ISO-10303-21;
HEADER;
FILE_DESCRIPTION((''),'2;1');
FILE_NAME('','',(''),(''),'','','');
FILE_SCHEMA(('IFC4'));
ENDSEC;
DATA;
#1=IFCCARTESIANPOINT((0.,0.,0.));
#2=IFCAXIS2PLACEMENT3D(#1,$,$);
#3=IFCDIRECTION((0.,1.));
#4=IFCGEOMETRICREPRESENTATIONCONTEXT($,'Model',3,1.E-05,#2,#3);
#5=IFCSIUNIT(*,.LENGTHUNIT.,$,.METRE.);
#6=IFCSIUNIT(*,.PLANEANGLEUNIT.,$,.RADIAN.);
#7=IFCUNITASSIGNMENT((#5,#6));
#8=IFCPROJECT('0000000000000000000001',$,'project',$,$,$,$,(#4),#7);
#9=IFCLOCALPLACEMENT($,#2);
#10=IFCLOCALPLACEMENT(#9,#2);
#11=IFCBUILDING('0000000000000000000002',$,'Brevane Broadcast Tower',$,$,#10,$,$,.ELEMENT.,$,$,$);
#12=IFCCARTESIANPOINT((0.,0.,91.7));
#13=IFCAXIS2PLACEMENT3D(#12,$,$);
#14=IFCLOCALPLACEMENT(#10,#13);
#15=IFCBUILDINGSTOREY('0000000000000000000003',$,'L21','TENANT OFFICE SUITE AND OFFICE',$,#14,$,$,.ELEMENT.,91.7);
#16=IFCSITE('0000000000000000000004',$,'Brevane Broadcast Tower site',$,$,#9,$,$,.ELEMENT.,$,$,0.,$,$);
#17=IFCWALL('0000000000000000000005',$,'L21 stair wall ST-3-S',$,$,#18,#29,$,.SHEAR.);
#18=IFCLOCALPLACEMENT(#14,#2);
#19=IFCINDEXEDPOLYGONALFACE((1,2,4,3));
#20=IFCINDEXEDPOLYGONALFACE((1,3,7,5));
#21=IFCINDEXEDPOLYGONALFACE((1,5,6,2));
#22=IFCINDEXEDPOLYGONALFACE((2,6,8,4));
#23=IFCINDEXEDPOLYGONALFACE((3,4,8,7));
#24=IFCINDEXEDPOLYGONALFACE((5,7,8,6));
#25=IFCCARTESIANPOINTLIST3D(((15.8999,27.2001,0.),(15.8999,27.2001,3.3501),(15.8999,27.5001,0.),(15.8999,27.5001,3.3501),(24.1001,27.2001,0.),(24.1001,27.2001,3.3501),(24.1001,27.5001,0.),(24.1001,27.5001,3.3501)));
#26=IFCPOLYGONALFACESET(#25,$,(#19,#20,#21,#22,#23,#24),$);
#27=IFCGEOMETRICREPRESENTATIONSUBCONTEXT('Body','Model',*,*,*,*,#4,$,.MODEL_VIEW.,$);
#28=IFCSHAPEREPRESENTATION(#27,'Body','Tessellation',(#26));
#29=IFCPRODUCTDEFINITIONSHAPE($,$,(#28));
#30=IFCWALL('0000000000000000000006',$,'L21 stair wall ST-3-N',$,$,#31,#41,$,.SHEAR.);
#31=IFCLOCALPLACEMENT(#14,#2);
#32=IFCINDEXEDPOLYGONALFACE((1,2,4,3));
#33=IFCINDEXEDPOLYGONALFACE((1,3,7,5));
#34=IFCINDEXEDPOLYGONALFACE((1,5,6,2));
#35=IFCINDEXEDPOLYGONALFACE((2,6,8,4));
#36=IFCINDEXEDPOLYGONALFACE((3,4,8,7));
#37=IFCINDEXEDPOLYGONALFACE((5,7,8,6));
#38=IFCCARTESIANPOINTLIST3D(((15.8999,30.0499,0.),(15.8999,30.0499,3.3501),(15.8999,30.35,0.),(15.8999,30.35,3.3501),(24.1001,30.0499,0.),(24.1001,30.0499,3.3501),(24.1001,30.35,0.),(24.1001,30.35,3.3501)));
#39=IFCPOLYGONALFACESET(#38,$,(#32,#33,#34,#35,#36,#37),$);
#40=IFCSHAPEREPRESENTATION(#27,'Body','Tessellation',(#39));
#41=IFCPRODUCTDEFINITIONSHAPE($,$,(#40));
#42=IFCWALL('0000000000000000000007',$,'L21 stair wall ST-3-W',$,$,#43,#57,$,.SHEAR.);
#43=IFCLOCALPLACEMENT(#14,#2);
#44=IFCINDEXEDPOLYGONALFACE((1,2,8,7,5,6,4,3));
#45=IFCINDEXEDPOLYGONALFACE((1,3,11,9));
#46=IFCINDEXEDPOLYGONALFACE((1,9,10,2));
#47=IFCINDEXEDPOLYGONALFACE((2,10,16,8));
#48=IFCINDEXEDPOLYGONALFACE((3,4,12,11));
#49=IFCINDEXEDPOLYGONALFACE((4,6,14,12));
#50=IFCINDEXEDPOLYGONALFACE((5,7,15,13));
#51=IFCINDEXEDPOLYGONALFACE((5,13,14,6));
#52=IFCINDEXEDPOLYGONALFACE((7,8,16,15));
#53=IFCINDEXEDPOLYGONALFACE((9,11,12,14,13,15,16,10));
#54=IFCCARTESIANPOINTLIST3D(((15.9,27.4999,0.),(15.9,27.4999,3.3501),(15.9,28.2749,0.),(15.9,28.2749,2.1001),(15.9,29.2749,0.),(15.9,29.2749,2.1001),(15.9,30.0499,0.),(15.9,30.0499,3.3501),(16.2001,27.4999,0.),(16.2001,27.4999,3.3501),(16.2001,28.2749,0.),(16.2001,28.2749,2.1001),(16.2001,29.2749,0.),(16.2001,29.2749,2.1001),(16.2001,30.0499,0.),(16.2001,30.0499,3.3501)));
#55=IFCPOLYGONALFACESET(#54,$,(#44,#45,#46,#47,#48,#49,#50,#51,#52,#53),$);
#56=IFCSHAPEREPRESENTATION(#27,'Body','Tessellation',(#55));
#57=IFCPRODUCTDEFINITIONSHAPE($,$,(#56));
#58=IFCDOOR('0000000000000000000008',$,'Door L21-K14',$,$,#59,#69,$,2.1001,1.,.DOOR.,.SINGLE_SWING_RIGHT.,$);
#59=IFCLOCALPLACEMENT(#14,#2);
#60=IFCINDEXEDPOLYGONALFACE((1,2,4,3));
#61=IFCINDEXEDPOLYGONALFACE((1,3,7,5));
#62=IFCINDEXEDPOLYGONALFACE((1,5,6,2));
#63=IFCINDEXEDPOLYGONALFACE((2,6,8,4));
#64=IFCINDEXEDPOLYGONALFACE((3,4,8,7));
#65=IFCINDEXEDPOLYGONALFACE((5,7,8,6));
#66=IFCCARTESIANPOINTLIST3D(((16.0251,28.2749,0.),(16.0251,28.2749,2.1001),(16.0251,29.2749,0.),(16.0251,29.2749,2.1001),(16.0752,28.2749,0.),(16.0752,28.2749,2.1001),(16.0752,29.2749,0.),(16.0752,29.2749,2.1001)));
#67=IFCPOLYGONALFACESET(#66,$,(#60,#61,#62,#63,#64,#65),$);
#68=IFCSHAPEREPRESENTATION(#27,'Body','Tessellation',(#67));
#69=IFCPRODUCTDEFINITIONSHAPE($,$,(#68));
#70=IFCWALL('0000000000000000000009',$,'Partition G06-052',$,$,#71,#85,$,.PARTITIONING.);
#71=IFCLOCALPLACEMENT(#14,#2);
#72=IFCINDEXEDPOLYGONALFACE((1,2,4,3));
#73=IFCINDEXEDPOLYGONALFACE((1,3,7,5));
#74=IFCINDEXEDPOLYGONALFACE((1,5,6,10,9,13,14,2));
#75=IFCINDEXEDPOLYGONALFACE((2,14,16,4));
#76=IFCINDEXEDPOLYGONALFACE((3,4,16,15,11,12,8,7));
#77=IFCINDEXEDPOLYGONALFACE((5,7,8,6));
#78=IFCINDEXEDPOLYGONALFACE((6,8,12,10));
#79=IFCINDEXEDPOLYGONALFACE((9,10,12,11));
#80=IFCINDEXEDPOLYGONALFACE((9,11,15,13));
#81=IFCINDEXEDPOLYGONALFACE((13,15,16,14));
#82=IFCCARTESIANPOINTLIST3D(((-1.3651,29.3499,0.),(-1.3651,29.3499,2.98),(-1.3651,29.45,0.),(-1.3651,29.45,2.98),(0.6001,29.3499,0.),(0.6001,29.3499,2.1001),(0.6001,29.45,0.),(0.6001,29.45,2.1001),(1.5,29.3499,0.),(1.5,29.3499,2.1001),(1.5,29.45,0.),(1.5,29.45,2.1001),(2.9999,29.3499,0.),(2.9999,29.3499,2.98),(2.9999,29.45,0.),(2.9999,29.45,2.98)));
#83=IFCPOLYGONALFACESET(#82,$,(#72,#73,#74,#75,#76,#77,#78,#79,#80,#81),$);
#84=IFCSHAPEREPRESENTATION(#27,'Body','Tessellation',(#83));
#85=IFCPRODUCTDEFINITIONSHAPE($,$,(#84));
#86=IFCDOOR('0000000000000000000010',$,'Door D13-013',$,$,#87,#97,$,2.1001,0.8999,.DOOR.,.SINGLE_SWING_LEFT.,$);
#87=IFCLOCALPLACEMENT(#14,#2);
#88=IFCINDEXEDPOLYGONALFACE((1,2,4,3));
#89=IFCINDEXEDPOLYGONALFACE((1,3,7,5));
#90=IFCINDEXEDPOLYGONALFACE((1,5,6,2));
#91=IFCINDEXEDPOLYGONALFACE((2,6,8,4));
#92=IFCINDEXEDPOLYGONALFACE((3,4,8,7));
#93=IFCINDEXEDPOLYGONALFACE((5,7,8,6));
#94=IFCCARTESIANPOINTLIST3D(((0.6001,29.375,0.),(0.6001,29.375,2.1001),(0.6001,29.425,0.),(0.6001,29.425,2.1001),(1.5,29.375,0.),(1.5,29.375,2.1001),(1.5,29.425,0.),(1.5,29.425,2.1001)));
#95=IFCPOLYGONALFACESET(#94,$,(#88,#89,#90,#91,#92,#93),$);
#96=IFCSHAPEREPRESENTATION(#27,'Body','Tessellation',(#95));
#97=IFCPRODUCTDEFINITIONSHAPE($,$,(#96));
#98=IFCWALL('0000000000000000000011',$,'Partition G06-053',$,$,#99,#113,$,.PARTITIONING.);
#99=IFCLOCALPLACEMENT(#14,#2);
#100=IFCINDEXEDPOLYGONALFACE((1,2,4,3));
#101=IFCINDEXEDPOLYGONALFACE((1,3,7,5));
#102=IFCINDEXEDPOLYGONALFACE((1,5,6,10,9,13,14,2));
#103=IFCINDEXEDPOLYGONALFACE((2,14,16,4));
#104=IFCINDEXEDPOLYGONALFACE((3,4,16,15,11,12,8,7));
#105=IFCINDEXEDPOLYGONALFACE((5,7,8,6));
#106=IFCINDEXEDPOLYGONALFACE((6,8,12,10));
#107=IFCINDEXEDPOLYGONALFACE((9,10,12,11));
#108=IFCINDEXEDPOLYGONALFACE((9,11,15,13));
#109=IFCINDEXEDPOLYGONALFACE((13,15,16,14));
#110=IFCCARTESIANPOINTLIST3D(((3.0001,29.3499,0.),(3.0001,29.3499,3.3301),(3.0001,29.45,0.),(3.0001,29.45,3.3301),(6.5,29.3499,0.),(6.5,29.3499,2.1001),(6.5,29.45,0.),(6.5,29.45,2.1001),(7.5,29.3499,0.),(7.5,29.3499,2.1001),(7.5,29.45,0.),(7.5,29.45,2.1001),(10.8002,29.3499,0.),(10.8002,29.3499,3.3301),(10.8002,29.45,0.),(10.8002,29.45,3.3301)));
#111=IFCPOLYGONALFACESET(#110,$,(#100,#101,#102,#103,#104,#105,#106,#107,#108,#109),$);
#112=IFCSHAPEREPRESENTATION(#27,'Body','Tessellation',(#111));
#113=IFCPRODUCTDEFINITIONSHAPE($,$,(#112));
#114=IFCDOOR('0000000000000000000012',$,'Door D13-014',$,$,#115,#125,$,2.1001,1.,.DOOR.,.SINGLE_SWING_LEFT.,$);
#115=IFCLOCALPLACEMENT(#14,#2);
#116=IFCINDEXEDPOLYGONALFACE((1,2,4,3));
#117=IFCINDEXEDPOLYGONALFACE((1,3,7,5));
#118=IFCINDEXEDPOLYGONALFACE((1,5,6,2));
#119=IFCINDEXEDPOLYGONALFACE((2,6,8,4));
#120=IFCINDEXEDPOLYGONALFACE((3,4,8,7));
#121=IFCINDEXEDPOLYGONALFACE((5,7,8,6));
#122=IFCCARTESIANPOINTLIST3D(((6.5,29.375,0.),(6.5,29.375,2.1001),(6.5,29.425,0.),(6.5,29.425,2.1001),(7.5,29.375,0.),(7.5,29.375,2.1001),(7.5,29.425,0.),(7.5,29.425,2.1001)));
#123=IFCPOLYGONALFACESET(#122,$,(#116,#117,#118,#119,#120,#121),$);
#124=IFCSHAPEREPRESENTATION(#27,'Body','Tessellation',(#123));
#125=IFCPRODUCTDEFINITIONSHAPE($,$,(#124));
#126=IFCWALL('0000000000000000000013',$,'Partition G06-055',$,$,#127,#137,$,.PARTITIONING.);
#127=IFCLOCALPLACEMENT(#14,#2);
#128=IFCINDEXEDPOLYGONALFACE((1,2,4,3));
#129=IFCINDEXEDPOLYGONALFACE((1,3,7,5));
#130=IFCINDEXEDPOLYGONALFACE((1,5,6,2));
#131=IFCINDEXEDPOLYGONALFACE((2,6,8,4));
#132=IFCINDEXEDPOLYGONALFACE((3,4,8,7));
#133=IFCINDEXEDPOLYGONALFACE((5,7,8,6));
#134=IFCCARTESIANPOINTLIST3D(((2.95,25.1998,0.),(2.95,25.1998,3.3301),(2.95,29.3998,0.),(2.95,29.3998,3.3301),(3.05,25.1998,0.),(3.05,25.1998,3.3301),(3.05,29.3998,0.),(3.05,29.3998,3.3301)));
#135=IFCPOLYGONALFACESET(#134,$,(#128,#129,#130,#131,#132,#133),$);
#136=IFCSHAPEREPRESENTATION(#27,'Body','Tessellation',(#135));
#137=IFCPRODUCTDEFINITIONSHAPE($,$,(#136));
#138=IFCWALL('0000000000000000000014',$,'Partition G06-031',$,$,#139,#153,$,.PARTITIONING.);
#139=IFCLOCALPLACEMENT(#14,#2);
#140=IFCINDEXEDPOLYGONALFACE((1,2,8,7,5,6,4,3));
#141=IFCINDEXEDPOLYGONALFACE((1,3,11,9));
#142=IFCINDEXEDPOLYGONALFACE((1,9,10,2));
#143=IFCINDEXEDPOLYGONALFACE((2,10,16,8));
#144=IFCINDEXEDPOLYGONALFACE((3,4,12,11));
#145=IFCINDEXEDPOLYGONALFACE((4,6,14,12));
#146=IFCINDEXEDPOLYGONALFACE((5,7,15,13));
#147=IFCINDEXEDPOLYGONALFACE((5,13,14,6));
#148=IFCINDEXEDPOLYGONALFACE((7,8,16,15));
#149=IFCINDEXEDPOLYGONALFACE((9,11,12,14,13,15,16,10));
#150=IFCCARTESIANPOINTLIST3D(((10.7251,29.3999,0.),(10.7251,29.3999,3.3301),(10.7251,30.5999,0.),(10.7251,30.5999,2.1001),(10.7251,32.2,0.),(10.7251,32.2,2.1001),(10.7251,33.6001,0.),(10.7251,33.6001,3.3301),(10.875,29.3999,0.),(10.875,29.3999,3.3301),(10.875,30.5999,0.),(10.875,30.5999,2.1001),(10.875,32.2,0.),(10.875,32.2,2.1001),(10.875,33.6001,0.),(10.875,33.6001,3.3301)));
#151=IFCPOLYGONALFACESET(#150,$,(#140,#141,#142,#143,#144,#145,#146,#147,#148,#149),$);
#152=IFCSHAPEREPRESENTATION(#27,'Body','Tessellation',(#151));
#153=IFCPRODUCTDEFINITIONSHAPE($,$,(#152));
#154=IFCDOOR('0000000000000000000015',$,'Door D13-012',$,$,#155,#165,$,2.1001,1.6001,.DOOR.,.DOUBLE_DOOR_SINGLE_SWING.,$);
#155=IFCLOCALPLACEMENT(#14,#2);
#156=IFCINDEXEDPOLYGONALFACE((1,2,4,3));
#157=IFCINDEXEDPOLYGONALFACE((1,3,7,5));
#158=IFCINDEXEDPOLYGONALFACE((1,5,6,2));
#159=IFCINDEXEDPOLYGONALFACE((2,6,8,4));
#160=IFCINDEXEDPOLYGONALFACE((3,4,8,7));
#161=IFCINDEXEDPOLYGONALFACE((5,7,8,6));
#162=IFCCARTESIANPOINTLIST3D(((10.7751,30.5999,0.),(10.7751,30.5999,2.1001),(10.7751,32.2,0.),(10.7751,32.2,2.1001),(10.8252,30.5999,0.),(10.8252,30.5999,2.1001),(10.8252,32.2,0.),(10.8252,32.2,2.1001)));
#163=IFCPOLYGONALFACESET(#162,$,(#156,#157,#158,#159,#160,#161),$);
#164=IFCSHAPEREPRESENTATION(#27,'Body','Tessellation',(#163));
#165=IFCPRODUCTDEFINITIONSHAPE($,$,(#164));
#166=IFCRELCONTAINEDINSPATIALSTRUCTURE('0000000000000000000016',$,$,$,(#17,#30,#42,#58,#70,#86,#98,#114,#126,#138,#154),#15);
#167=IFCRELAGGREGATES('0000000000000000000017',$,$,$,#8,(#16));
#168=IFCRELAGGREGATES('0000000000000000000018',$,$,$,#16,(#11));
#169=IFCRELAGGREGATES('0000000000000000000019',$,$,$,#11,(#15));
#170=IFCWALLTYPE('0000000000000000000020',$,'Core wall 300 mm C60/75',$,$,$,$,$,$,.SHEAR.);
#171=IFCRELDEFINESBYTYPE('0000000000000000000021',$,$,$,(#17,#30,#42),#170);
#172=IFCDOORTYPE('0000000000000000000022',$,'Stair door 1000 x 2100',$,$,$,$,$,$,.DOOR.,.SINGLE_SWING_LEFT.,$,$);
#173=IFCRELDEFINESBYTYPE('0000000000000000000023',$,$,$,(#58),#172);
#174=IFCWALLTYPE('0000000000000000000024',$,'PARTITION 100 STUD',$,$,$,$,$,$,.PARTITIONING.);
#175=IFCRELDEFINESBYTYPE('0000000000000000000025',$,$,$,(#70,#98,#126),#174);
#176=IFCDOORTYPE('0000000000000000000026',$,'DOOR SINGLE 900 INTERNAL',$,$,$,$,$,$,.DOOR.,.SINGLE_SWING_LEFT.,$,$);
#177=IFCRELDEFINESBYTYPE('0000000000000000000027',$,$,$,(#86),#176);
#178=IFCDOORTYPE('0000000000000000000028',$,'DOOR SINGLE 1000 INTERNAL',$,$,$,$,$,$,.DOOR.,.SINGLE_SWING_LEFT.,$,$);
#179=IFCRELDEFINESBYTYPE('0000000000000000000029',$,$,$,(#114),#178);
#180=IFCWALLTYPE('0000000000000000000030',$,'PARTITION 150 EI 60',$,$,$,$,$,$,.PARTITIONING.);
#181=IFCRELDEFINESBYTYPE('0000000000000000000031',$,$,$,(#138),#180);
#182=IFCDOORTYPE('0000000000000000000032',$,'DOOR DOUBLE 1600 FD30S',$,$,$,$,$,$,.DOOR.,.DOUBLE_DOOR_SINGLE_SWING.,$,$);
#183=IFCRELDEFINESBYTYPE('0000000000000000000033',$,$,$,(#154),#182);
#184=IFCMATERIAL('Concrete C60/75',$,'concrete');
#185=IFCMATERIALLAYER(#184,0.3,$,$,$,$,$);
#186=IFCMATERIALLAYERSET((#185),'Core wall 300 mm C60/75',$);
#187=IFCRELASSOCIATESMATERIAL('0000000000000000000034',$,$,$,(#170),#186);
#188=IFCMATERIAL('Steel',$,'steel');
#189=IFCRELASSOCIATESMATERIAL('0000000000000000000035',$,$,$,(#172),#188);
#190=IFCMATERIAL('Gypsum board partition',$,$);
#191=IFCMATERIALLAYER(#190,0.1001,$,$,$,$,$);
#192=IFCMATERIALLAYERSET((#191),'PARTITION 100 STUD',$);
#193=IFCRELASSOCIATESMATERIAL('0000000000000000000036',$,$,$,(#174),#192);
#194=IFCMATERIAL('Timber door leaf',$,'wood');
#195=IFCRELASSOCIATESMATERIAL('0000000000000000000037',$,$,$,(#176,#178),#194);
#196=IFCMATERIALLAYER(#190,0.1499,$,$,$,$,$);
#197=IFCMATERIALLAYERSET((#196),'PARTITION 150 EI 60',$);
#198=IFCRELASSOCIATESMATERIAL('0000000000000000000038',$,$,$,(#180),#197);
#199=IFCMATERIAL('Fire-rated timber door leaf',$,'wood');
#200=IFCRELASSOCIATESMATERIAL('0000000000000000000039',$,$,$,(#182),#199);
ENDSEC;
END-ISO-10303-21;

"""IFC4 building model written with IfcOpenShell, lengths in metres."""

from ifc_helpers import new_model, si_unit, direction, frame, frame_2d, origin, place, context, subcontext, project, spatial, rectangle, extrude, material, layer, layer_set, type_object, element, fill, save


model = new_model("IFC4")

# Units and contexts
model_context = context("Model", 3, precision=1e-05, world=origin(), true_north=direction((0.0, 1.0)))
body_context = subcontext(model_context, "Body", "Model", "MODEL_VIEW")
ifc_project = project(units=[si_unit("LENGTHUNIT", "METRE"), si_unit("PLANEANGLEUNIT", "RADIAN")], contexts=[model_context])

# Site, building, storey
site_placement = place(None, origin())
site = spatial("IfcSite", under=ifc_project, at=site_placement, Name="Brevane Broadcast Tower site", CompositionType="ELEMENT", RefElevation=0.0)
building_placement = place(site_placement, origin())
building = spatial("IfcBuilding", under=site, at=building_placement, Name="Brevane Broadcast Tower", CompositionType="ELEMENT")
storey_placement = place(building_placement, frame((0.0, 0.0, 91.7)))
storey = spatial("IfcBuildingStorey", under=building, at=storey_placement, Name="L21", Description="TENANT OFFICE SUITE AND OFFICE", CompositionType="ELEMENT", Elevation=91.7)

# Shared definitions
ifc_material_1 = material(Name="Concrete C60/75", Category="concrete")

# Shared definitions
ifc_layer_1 = layer(ifc_material_1, 0.3)
ifc_layer_set_1 = layer_set([ifc_layer_1], Name="Core wall 300 mm C60/75")
wall_type_1 = type_object("IfcWallType", Name="Core wall 300 mm C60/75", PredefinedType="SHEAR", material=ifc_layer_set_1)
ifc_material_2 = material(Name="Steel", Category="steel")
door_type_1 = type_object("IfcDoorType", Name="Stair door 1000 x 2100", OperationType="SINGLE_SWING_LEFT", PredefinedType="DOOR", material=ifc_material_2)

# Walls
for number, where, z_axis, x_axis, name in (
    (1, (15.8999, 27.3501, 0.0), (0.0, 0.0, 1.0), (1.0, 0.0, 0.0), "L21 stair wall ST-3-S"),
    (2, (15.8999, 30.2, 0.0), (0.0, 0.0, 1.0), (1.0, 0.0, 0.0), "L21 stair wall ST-3-N"),
):
    element("IfcWall", number, at=place(storey_placement, frame(where, z_axis=z_axis, x_axis=x_axis)), inside=storey, type_object=wall_type_1, Name=name, PredefinedType="SHEAR", context=body_context, shape_type="SweptSolid", body=[
        extrude(rectangle(XDim=8.2002, YDim=0.3, at=frame_2d((4.1001, 0.0))), origin(), (0.0, 0.0, 1.0), 3.3501),
    ])

# Walls, openings, doors
wall_1_placement = place(storey_placement, frame((16.05, 27.5, 0.0), z_axis=(0.0, 0.0, 1.0), x_axis=(0.0, 1.0, 0.0)))
wall_1 = element("IfcWall", 3, at=wall_1_placement, inside=storey, type_object=wall_type_1, Name="L21 stair wall ST-3-W", PredefinedType="SHEAR", context=body_context, shape_type="SweptSolid", body=[
    extrude(rectangle(XDim=2.55, YDim=0.3, at=frame_2d((1.2749, 0.0))), origin(), (0.0, 0.0, 1.0), 3.3501),
])
opening_1_placement = place(wall_1_placement, frame((0.7749, 0.0, 0.0)))
opening_1 = element("IfcOpeningElement", 4, at=opening_1_placement, cuts=wall_1, PredefinedType="OPENING", context=body_context, shape_type="SweptSolid", body=[
    extrude(rectangle(XDim=1.0, YDim=2.1001, at=frame_2d((0.5, 1.05))), frame((0.0, 0.1599, 0.0), z_axis=(0.0, -1.0, 0.0), x_axis=(1.0, 0.0, 0.0)), (0.0, 0.0, 1.0), 0.3201),
])
door_1_placement = place(opening_1_placement, origin())
door_1 = element("IfcDoor", 5, at=door_1_placement, inside=storey, type_object=door_type_1, Name="Door L21-K14", OperationType="SINGLE_SWING_RIGHT", OverallHeight=2.1001, OverallWidth=1.0, PredefinedType="DOOR", context=body_context, shape_type="SweptSolid", body=[
    extrude(rectangle(XDim=1.0, YDim=2.1001, at=frame_2d((0.5, 1.05))), frame((0.0, 0.0249, 0.0), z_axis=(0.0, -1.0, 0.0), x_axis=(1.0, 0.0, 0.0)), (0.0, 0.0, 1.0), 0.05),
])
fill(opening_1, door_1)
ifc_material_3 = material(Name="Gypsum board partition")
ifc_layer_2 = layer(ifc_material_3, 0.1001)
ifc_layer_set_2 = layer_set([ifc_layer_2], Name="PARTITION 100 STUD")
wall_type_2 = type_object("IfcWallType", Name="PARTITION 100 STUD", PredefinedType="PARTITIONING", material=ifc_layer_set_2)
wall_2_placement = place(storey_placement, frame((3.0, 29.3999, 0.0), z_axis=(0.0, 0.0, 1.0), x_axis=(-1.0, 0.0, 0.0)))
wall_2 = element("IfcWall", 6, at=wall_2_placement, inside=storey, type_object=wall_type_2, Name="Partition G06-052", PredefinedType="PARTITIONING", context=body_context, shape_type="SweptSolid", body=[
    extrude(rectangle(XDim=4.365, YDim=0.1001, at=frame_2d((2.1826, 0.0))), origin(), (0.0, 0.0, 1.0), 2.98),
])
opening_2_placement = place(wall_2_placement, frame((1.5, 0.0, 0.0)))
opening_2 = element("IfcOpeningElement", 7, at=opening_2_placement, cuts=wall_2, PredefinedType="OPENING", context=body_context, shape_type="SweptSolid", body=[
    extrude(rectangle(XDim=0.8999, YDim=2.1001, at=frame_2d((0.45, 1.05))), frame((0.0, 0.0601, 0.0), z_axis=(0.0, -1.0, 0.0), x_axis=(1.0, 0.0, 0.0)), (0.0, 0.0, 1.0), 0.1201),
])
ifc_material_4 = material(Name="Timber door leaf", Category="wood")
door_type_2 = type_object("IfcDoorType", Name="DOOR SINGLE 900 INTERNAL", OperationType="SINGLE_SWING_LEFT", PredefinedType="DOOR", material=ifc_material_4)
door_2_placement = place(opening_2_placement, origin())
door_2 = element("IfcDoor", 8, at=door_2_placement, inside=storey, type_object=door_type_2, Name="Door D13-013", OperationType="SINGLE_SWING_LEFT", OverallHeight=2.1001, OverallWidth=0.8999, PredefinedType="DOOR", context=body_context, shape_type="SweptSolid", body=[
    extrude(rectangle(XDim=0.8999, YDim=2.1001, at=frame_2d((0.45, 1.05))), frame((0.0, 0.0249, 0.0), z_axis=(0.0, -1.0, 0.0), x_axis=(1.0, 0.0, 0.0)), (0.0, 0.0, 1.0), 0.05),
])
fill(opening_2, door_2)
wall_3_placement = place(storey_placement, frame((10.8, 29.3999, 0.0), z_axis=(0.0, 0.0, 1.0), x_axis=(-1.0, 0.0, 0.0)))
wall_3 = element("IfcWall", 9, at=wall_3_placement, inside=storey, type_object=wall_type_2, Name="Partition G06-053", PredefinedType="PARTITIONING", context=body_context, shape_type="SweptSolid", body=[
    extrude(rectangle(XDim=7.8, YDim=0.1001, at=frame_2d((3.8999, 0.0))), origin(), (0.0, 0.0, 1.0), 3.3301),
])
opening_3_placement = place(wall_3_placement, frame((3.3, 0.0, 0.0)))
opening_3 = element("IfcOpeningElement", 10, at=opening_3_placement, cuts=wall_3, PredefinedType="OPENING", context=body_context, shape_type="SweptSolid", body=[
    extrude(rectangle(XDim=1.0, YDim=2.1001, at=frame_2d((0.5, 1.05))), frame((0.0, 0.0601, 0.0), z_axis=(0.0, -1.0, 0.0), x_axis=(1.0, 0.0, 0.0)), (0.0, 0.0, 1.0), 0.1201),
])
door_type_3 = type_object("IfcDoorType", Name="DOOR SINGLE 1000 INTERNAL", OperationType="SINGLE_SWING_LEFT", PredefinedType="DOOR", material=ifc_material_4)
door_3_placement = place(opening_3_placement, origin())
door_3 = element("IfcDoor", 11, at=door_3_placement, inside=storey, type_object=door_type_3, Name="Door D13-014", OperationType="SINGLE_SWING_LEFT", OverallHeight=2.1001, OverallWidth=1.0, PredefinedType="DOOR", context=body_context, shape_type="SweptSolid", body=[
    extrude(rectangle(XDim=1.0, YDim=2.1001, at=frame_2d((0.5, 1.05))), frame((0.0, 0.0249, 0.0), z_axis=(0.0, -1.0, 0.0), x_axis=(1.0, 0.0, 0.0)), (0.0, 0.0, 1.0), 0.05),
])
fill(opening_3, door_3)

# Wall
wall_4_placement = place(storey_placement, frame((3.0, 29.3999, 0.0), z_axis=(0.0, 0.0, 1.0), x_axis=(0.0, -1.0, 0.0)))
element("IfcWall", 12, at=wall_4_placement, inside=storey, type_object=wall_type_2, Name="Partition G06-055", PredefinedType="PARTITIONING", context=body_context, shape_type="SweptSolid", body=[
    extrude(rectangle(XDim=4.2, YDim=0.1001, at=frame_2d((2.1001, 0.0))), origin(), (0.0, 0.0, 1.0), 3.3301),
])

# Wall, opening, door
ifc_layer_3 = layer(ifc_material_3, 0.1499)
ifc_layer_set_3 = layer_set([ifc_layer_3], Name="PARTITION 150 EI 60")
wall_type_3 = type_object("IfcWallType", Name="PARTITION 150 EI 60", PredefinedType="PARTITIONING", material=ifc_layer_set_3)
wall_5_placement = place(storey_placement, frame((10.8, 29.3999, 0.0), z_axis=(0.0, 0.0, 1.0), x_axis=(0.0, 1.0, 0.0)))
wall_5 = element("IfcWall", 13, at=wall_5_placement, inside=storey, type_object=wall_type_3, Name="Partition G06-031", PredefinedType="PARTITIONING", context=body_context, shape_type="SweptSolid", body=[
    extrude(rectangle(XDim=4.2002, YDim=0.1499, at=frame_2d((2.1001, 0.0))), origin(), (0.0, 0.0, 1.0), 3.3301),
])
opening_4_placement = place(wall_5_placement, frame((1.2, 0.0, 0.0)))
opening_4 = element("IfcOpeningElement", 14, at=opening_4_placement, cuts=wall_5, PredefinedType="OPENING", context=body_context, shape_type="SweptSolid", body=[
    extrude(rectangle(XDim=1.6001, YDim=2.1001, at=frame_2d((0.8, 1.05))), frame((0.0, 0.085, 0.0), z_axis=(0.0, -1.0, 0.0), x_axis=(1.0, 0.0, 0.0)), (0.0, 0.0, 1.0), 0.1699),
])
ifc_material_5 = material(Name="Fire-rated timber door leaf", Category="wood")
door_type_4 = type_object("IfcDoorType", Name="DOOR DOUBLE 1600 FD30S", OperationType="DOUBLE_DOOR_SINGLE_SWING", PredefinedType="DOOR", material=ifc_material_5)
door_4_placement = place(opening_4_placement, origin())
door_4 = element("IfcDoor", 15, at=door_4_placement, inside=storey, type_object=door_type_4, Name="Door D13-012", OperationType="DOUBLE_DOOR_SINGLE_SWING", OverallHeight=2.1001, OverallWidth=1.6001, PredefinedType="DOOR", context=body_context, shape_type="SweptSolid", body=[
    extrude(rectangle(XDim=1.6001, YDim=2.1001, at=frame_2d((0.8, 1.05))), frame((0.0, 0.0249, 0.0), z_axis=(0.0, -1.0, 0.0), x_axis=(1.0, 0.0, 0.0)), (0.0, 0.0, 1.0), 0.05),
])
fill(opening_4, door_4)

save(model, "model.ifc")
